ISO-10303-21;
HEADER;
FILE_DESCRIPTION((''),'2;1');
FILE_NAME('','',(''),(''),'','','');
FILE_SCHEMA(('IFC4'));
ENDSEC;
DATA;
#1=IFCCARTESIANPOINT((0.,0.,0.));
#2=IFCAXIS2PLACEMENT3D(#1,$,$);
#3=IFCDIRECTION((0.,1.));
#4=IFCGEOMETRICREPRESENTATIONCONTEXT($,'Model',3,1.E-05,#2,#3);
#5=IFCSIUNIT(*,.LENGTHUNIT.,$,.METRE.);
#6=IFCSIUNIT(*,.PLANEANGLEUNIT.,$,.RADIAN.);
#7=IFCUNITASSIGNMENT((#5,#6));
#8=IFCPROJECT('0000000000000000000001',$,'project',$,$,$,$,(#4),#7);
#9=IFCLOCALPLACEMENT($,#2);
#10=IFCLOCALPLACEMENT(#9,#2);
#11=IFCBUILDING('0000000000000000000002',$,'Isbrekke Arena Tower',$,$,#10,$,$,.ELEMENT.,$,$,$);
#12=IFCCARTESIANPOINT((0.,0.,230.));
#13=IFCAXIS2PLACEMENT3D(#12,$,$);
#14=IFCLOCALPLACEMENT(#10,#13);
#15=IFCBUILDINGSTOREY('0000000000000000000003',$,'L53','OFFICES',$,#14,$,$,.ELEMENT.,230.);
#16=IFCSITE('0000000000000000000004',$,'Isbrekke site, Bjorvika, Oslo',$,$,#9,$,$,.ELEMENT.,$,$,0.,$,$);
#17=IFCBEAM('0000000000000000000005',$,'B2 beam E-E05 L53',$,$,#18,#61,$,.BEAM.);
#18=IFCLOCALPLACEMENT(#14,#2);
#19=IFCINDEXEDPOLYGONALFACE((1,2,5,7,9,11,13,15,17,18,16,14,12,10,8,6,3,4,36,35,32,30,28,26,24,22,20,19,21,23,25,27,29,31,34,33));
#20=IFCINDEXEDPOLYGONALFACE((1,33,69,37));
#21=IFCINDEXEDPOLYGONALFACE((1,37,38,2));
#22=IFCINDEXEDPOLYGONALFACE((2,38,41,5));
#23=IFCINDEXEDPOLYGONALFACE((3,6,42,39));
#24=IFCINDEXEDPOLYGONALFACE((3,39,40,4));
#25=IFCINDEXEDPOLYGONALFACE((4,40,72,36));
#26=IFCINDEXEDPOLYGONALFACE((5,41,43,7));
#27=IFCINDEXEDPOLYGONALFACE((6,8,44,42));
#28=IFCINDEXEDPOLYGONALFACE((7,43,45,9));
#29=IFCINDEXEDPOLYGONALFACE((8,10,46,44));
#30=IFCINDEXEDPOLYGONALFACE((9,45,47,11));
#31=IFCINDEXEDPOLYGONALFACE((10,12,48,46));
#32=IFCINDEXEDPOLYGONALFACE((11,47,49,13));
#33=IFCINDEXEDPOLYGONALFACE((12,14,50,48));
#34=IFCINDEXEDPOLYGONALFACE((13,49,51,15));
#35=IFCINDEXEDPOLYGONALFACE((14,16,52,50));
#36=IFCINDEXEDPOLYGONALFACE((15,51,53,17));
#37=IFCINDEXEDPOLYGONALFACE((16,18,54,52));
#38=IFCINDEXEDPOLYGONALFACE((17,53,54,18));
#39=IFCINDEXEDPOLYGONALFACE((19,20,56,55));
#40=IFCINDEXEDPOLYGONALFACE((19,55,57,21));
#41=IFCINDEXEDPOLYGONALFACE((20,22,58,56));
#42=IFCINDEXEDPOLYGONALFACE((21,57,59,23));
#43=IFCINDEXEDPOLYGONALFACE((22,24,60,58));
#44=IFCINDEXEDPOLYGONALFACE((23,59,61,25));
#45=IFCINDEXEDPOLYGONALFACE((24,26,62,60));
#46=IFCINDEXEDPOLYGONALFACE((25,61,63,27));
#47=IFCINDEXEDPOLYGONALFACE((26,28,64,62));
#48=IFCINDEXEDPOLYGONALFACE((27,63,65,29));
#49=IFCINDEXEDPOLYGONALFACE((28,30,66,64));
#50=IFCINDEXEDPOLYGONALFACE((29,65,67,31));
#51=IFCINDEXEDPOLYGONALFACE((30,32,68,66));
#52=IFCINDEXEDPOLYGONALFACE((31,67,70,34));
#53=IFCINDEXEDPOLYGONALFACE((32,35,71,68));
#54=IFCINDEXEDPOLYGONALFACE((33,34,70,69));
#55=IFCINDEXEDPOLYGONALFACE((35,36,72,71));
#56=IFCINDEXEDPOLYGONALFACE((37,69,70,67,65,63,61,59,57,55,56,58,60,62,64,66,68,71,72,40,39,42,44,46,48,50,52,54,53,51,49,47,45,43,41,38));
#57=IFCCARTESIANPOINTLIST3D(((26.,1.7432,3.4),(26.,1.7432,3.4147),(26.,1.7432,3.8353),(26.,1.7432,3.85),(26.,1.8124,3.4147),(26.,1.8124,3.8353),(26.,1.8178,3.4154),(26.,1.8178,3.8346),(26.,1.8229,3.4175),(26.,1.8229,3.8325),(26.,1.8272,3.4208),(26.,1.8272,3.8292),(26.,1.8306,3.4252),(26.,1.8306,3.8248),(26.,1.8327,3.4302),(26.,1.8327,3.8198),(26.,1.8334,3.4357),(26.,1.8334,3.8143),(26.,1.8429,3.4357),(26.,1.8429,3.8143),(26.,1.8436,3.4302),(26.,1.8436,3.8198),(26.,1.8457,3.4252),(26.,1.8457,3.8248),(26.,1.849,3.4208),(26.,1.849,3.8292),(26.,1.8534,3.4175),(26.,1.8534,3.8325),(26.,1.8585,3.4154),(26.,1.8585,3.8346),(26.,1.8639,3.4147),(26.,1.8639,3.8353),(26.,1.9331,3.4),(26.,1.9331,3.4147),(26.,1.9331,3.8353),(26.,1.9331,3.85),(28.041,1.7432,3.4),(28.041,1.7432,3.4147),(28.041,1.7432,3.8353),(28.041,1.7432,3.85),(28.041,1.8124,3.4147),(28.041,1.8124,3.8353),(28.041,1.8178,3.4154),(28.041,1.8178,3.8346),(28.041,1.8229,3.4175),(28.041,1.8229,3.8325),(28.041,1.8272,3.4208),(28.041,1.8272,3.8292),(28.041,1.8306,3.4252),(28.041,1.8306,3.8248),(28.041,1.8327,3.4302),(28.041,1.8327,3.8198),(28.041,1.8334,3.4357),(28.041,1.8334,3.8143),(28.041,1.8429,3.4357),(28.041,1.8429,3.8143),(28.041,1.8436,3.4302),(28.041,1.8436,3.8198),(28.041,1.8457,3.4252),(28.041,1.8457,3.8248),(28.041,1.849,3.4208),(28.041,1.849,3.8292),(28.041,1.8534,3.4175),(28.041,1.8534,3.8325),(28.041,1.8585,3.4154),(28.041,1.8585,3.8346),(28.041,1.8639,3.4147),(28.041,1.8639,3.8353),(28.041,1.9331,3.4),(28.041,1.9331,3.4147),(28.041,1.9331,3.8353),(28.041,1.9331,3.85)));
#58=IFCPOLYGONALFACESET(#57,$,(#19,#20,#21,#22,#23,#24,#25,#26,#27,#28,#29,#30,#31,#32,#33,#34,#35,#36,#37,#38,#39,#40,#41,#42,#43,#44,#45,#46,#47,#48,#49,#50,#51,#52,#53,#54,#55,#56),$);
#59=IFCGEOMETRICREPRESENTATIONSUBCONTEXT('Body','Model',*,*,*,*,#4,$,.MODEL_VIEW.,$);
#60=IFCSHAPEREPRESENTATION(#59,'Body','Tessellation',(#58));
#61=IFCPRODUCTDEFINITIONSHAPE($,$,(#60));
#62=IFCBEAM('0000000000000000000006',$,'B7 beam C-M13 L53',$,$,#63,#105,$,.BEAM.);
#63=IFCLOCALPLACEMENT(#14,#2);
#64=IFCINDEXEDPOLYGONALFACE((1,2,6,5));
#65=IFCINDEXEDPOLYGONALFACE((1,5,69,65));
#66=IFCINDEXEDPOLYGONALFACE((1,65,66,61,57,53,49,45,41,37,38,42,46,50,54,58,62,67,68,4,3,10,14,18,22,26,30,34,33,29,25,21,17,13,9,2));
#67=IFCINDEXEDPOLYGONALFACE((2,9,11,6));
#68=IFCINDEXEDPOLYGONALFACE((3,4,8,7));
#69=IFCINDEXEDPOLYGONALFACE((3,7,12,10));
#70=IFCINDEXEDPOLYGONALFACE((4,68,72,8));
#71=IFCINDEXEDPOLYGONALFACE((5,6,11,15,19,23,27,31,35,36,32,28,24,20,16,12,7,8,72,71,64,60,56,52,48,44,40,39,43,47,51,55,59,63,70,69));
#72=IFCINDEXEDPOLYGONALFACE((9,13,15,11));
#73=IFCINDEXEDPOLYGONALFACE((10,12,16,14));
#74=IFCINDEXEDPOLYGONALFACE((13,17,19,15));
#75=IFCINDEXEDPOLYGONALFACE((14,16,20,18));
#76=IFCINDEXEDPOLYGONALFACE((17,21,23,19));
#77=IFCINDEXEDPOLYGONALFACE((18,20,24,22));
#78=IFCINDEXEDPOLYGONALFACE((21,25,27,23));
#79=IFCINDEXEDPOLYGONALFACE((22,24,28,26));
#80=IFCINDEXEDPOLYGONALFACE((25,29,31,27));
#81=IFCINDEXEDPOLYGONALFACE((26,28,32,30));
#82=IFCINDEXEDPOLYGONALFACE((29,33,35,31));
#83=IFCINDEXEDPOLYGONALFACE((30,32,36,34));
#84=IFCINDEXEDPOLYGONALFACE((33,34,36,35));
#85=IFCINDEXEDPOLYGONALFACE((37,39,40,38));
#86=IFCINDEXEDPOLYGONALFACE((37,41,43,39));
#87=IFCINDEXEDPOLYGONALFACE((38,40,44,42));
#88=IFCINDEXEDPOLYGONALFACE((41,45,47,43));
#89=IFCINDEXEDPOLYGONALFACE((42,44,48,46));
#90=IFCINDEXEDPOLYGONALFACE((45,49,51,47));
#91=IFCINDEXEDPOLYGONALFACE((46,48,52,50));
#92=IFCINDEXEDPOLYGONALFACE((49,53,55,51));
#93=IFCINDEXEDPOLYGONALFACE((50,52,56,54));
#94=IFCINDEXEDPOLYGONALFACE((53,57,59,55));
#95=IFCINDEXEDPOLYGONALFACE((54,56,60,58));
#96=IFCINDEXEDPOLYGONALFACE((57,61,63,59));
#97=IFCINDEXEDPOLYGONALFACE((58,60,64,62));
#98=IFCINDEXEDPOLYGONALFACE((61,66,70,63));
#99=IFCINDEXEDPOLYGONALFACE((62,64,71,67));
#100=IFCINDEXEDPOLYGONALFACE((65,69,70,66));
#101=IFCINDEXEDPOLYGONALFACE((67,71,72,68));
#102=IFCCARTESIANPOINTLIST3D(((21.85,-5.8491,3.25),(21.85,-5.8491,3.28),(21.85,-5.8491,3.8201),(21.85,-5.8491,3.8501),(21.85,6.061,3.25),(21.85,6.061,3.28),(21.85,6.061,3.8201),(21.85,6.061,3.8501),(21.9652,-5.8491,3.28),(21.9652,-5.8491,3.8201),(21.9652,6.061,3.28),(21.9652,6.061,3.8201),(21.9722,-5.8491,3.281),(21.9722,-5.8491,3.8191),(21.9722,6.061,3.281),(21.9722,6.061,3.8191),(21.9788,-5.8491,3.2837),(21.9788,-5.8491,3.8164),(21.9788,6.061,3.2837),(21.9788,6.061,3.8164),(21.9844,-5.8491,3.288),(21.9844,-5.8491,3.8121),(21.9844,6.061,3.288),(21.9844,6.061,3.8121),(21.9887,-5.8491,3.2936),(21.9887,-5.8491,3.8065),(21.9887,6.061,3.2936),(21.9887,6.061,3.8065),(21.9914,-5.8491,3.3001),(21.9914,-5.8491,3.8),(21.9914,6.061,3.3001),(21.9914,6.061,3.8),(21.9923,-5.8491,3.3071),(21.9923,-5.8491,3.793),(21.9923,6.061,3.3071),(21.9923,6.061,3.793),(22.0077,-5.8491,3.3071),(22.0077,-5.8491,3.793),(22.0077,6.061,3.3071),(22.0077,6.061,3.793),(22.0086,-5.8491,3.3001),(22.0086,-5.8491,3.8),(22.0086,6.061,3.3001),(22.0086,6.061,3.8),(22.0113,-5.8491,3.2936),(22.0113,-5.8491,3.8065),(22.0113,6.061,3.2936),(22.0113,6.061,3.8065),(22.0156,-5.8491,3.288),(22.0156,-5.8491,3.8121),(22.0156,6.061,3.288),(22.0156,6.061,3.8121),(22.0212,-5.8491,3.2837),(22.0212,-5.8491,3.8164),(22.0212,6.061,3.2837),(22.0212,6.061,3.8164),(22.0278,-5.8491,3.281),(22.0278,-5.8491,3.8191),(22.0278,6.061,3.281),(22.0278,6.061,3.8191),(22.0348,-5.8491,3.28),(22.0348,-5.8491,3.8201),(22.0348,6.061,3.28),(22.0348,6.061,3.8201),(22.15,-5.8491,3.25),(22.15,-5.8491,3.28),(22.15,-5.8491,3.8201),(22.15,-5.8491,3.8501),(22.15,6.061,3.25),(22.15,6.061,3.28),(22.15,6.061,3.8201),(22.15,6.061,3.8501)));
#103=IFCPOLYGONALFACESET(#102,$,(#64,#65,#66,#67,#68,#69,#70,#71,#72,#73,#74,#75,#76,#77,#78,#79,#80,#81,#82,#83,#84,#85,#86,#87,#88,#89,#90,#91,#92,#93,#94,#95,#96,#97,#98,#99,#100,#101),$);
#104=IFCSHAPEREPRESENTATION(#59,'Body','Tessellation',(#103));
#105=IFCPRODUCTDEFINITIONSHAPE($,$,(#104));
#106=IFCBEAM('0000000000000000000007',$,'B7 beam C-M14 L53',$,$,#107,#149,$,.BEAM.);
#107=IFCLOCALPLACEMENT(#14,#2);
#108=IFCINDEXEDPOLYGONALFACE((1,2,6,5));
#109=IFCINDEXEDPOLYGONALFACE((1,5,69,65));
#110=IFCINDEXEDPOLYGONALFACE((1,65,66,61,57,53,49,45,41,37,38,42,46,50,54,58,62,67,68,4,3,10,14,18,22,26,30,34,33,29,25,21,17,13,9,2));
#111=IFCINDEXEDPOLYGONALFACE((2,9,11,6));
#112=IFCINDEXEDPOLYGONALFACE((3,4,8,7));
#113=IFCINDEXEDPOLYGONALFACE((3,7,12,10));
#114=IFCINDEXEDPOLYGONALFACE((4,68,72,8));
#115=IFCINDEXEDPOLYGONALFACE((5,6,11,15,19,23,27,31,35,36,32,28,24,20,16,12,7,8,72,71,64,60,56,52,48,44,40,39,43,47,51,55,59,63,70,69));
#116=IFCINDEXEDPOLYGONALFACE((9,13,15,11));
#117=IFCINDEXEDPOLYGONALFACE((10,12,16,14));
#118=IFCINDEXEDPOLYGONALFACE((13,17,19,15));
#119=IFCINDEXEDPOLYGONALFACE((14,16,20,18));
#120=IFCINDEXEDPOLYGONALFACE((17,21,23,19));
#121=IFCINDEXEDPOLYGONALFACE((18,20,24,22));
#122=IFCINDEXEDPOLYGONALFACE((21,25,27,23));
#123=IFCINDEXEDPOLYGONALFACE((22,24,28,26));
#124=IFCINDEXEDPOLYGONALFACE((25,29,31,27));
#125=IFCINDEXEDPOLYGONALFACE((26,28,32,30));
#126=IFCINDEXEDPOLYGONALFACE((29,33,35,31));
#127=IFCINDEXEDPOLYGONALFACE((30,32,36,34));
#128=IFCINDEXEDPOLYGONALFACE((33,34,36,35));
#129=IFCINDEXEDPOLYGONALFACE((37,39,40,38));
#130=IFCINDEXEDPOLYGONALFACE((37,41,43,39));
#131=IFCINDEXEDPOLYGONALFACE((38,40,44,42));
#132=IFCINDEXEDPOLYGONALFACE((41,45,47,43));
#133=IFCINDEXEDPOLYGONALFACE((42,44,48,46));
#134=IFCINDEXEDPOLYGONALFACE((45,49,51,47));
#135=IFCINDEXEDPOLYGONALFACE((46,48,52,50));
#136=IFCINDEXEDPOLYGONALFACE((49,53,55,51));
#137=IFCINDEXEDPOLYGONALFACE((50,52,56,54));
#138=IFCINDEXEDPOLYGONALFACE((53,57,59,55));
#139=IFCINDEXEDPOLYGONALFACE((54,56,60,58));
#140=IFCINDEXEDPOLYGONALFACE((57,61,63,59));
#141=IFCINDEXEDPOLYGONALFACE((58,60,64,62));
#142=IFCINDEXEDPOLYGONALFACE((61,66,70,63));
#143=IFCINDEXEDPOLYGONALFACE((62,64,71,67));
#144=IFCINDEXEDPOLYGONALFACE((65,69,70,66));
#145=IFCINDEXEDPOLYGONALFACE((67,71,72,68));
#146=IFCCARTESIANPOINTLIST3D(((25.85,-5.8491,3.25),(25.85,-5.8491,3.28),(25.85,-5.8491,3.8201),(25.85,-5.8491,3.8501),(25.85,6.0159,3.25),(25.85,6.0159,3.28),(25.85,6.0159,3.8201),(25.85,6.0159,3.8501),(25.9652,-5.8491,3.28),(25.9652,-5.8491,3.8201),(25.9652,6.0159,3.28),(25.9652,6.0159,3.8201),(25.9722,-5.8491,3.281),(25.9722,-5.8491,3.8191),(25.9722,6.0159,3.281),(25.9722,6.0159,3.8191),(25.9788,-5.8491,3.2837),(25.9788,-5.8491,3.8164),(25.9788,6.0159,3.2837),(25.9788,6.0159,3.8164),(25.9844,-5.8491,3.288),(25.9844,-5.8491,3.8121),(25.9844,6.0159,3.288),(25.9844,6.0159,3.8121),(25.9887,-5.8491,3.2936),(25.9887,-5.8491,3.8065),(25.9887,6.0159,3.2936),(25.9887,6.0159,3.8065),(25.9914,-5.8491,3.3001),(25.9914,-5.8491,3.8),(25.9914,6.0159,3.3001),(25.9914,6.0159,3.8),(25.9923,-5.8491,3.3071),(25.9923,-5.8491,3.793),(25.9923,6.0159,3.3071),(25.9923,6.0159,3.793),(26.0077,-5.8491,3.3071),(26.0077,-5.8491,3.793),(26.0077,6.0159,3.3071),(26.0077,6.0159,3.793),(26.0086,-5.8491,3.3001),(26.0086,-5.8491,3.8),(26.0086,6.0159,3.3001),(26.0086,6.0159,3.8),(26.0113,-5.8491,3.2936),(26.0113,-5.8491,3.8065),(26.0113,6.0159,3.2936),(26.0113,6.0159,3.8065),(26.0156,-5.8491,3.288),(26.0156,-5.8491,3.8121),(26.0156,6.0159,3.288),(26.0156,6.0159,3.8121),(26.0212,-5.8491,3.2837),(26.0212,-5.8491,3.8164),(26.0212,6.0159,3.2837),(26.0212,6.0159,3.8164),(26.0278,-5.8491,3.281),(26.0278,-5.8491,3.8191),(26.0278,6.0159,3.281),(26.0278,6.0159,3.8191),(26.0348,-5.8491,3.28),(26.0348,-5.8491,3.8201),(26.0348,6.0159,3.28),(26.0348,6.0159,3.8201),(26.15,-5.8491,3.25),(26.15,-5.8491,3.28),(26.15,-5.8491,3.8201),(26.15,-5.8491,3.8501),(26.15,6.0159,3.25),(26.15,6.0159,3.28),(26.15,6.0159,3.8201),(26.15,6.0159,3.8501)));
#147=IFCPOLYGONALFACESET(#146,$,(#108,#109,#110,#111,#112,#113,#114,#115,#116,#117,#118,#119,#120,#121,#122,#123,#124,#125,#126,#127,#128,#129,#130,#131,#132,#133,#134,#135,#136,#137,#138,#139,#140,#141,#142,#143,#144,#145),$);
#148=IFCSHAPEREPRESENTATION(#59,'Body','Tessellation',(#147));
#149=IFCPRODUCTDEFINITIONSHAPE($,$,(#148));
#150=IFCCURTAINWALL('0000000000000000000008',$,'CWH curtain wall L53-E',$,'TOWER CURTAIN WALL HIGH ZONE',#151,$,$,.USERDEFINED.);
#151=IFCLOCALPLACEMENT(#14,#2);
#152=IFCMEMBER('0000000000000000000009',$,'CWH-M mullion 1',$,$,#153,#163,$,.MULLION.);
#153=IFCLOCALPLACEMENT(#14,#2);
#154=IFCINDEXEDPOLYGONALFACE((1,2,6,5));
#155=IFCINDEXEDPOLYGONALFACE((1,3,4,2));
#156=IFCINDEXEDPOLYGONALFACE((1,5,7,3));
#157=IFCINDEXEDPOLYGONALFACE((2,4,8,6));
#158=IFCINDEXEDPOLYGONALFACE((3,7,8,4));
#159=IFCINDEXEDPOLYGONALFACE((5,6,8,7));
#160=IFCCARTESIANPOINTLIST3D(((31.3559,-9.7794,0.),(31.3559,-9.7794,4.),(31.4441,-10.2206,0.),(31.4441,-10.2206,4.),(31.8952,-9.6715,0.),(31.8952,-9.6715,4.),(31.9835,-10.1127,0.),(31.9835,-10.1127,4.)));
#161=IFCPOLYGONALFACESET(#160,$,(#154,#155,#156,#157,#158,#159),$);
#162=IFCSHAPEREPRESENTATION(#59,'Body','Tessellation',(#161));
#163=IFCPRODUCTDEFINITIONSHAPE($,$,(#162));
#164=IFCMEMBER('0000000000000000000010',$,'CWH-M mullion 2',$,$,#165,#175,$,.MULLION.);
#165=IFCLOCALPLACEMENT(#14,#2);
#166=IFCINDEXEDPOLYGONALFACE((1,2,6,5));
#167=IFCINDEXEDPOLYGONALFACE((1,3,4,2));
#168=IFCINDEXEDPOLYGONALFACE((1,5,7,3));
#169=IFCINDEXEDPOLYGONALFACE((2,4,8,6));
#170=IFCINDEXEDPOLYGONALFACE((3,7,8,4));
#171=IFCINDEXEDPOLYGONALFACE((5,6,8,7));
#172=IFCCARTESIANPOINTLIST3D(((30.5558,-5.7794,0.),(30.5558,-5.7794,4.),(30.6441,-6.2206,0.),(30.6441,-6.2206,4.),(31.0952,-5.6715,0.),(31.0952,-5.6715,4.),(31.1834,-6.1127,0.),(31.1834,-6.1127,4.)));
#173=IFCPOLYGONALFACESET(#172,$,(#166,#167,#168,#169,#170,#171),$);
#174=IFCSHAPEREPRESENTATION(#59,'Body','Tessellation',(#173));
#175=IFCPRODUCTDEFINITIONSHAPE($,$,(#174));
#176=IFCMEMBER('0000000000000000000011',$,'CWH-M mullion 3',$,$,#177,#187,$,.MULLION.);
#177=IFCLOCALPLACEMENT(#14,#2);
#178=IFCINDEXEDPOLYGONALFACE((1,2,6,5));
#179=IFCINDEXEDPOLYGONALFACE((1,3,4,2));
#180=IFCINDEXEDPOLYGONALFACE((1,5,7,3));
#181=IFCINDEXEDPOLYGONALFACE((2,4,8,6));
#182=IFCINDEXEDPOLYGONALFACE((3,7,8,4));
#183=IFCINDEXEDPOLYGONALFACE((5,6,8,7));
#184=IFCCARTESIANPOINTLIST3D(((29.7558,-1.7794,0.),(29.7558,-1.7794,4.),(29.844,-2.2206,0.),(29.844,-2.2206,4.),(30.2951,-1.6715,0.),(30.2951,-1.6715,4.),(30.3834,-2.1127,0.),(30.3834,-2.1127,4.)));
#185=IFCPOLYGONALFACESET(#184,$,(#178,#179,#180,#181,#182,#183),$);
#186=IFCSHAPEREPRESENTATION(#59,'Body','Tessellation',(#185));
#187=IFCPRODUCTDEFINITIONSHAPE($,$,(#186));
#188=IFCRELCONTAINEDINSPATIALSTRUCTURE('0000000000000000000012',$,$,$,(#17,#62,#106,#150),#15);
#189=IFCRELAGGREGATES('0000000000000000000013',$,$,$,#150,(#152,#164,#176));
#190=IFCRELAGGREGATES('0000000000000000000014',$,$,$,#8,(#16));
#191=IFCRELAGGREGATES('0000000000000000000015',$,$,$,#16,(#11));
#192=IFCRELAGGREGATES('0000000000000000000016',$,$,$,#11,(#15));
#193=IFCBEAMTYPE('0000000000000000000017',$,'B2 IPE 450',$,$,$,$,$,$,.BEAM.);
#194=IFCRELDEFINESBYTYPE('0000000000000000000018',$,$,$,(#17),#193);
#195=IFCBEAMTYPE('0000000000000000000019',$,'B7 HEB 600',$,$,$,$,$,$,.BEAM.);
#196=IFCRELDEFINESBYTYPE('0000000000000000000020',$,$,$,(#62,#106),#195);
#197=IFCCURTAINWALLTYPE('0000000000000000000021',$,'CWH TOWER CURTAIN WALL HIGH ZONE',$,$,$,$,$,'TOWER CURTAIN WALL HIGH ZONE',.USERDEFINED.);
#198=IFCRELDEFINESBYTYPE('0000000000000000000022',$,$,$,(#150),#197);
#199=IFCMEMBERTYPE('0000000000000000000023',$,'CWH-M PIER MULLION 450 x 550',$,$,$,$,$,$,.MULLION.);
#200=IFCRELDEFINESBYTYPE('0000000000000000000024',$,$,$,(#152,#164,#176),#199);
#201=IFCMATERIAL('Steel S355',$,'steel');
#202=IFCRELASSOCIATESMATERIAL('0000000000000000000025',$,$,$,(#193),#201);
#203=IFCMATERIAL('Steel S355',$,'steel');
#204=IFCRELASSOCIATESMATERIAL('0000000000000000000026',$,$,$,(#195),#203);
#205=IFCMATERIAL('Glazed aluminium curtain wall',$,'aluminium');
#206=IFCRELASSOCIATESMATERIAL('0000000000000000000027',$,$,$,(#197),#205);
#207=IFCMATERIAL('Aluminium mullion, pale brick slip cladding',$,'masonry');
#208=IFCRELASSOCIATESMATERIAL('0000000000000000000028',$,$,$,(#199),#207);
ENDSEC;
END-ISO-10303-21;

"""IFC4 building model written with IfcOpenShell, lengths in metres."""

from ifc_helpers import new_model, si_unit, direction, frame, origin, origin_2d, place, context, subcontext, project, spatial, rectangle, i_section, extrude, material, material_profile, profile_set, type_object, element, aggregate, save


model = new_model("IFC4")

# Units and contexts
model_context = context("Model", 3, precision=1e-05, world=origin(), true_north=direction((0.0, 1.0)))
body_context = subcontext(model_context, "Body", "Model", "MODEL_VIEW")
ifc_project = project(units=[si_unit("LENGTHUNIT", "METRE"), si_unit("PLANEANGLEUNIT", "RADIAN")], contexts=[model_context])

# Site, building, storey
site_placement = place(None, origin())
site = spatial("IfcSite", under=ifc_project, at=site_placement, Name="Isbrekke site, Bjorvika, Oslo", CompositionType="ELEMENT", RefElevation=0.0)
building_placement = place(site_placement, origin())
building = spatial("IfcBuilding", under=site, at=building_placement, Name="Isbrekke Arena Tower", CompositionType="ELEMENT")
storey_placement = place(building_placement, frame((0.0, 0.0, 230.0)))
storey = spatial("IfcBuildingStorey", under=building, at=storey_placement, Name="L53", Description="OFFICES", CompositionType="ELEMENT", Elevation=230.0)

# Beams
ifc_material_1 = material(Name="Steel S355", Category="steel")
ifc_material_profile_1 = material_profile(ifc_material_1, i_section(OverallWidth=0.1899, OverallDepth=0.45, WebThickness=0.0095, FlangeThickness=0.0146, FilletRadius=0.021, at=origin_2d()), Name="IPE 450")
ifc_profile_set_1 = profile_set([ifc_material_profile_1], Name="Steel S355")
beam_type_1 = type_object("IfcBeamType", Name="B2 IPE 450", PredefinedType="BEAM", material=ifc_profile_set_1)
beam_1_placement = place(storey_placement, frame((28.041, 1.8381, 3.625), z_axis=(-1.0, 0.0, 0.0), x_axis=(0.0, -1.0, 0.0)))
element("IfcBeam", 1, at=beam_1_placement, inside=storey, type_object=beam_type_1, Name="B2 beam E-E05 L53", PredefinedType="BEAM", context=body_context, shape_type="SweptSolid", body=[
    extrude(i_section(OverallWidth=0.1899, OverallDepth=0.45, WebThickness=0.0095, FlangeThickness=0.0146, FilletRadius=0.021, at=origin_2d()), origin(), (0.0, 0.0, 1.0), 2.041),
])
ifc_material_2 = material(Name="Steel S355", Category="steel")
ifc_material_profile_2 = material_profile(ifc_material_2, i_section(OverallWidth=0.3, OverallDepth=0.6001, WebThickness=0.0154, FlangeThickness=0.03, FilletRadius=0.0271, at=origin_2d()), Name="HEB 600")
ifc_profile_set_2 = profile_set([ifc_material_profile_2], Name="Steel S355")
beam_type_2 = type_object("IfcBeamType", Name="B7 HEB 600", PredefinedType="BEAM", material=ifc_profile_set_2)
beam_2_placement = place(storey_placement, frame((22.0, -5.8491, 3.55), z_axis=(0.0, 1.0, 0.0), x_axis=(-1.0, 0.0, 0.0)))
element("IfcBeam", 2, at=beam_2_placement, inside=storey, type_object=beam_type_2, Name="B7 beam C-M13 L53", PredefinedType="BEAM", context=body_context, shape_type="SweptSolid", body=[
    extrude(i_section(OverallWidth=0.3, OverallDepth=0.6001, WebThickness=0.0154, FlangeThickness=0.03, FilletRadius=0.0271, at=origin_2d()), origin(), (0.0, 0.0, 1.0), 11.9102),
])
beam_3_placement = place(storey_placement, frame((26.0, -5.8491, 3.55), z_axis=(0.0, 1.0, 0.0), x_axis=(-1.0, 0.0, 0.0)))
element("IfcBeam", 3, at=beam_3_placement, inside=storey, type_object=beam_type_2, Name="B7 beam C-M14 L53", PredefinedType="BEAM", context=body_context, shape_type="SweptSolid", body=[
    extrude(i_section(OverallWidth=0.3, OverallDepth=0.6001, WebThickness=0.0154, FlangeThickness=0.03, FilletRadius=0.0271, at=origin_2d()), origin(), (0.0, 0.0, 1.0), 11.865),
])

# Curtain wall, members
ifc_material_3 = material(Name="Glazed aluminium curtain wall", Category="aluminium")
curtain_wall_type = type_object("IfcCurtainWallType", Name="CWH TOWER CURTAIN WALL HIGH ZONE", ElementType="TOWER CURTAIN WALL HIGH ZONE", PredefinedType="USERDEFINED", material=ifc_material_3)
curtain_wall_placement = place(storey_placement, origin())
curtain_wall = element("IfcCurtainWall", 4, at=curtain_wall_placement, inside=storey, type_object=curtain_wall_type, Name="CWH curtain wall L53-E", ObjectType="TOWER CURTAIN WALL HIGH ZONE", PredefinedType="USERDEFINED")
ifc_material_4 = material(Name="Aluminium mullion, pale brick slip cladding", Category="masonry")
ifc_material_profile_3 = material_profile(ifc_material_4, rectangle(XDim=0.45, YDim=0.55, at=origin_2d()), Name="PIER 450X550")
ifc_profile_set_3 = profile_set([ifc_material_profile_3], Name="Aluminium mullion, pale brick slip cladding")
member_type_1 = type_object("IfcMemberType", Name="CWH-M PIER MULLION 450 x 550", PredefinedType="MULLION", material=ifc_profile_set_3)
member_1_placement = place(storey_placement, frame((31.6697, -9.946, 0.0), z_axis=(0.0, 0.0, 1.0), x_axis=(-0.196116, 0.980581, 0.0)))
member_1 = element("IfcMember", 5, at=member_1_placement, type_object=member_type_1, Name="CWH-M mullion 1", PredefinedType="MULLION", context=body_context, shape_type="SweptSolid", body=[
    extrude(rectangle(XDim=0.45, YDim=0.55, at=origin_2d()), origin(), (0.0, 0.0, 1.0), 4.0),
])
member_2_placement = place(storey_placement, frame((30.8696, -5.946, 0.0), z_axis=(0.0, 0.0, 1.0), x_axis=(-0.196116, 0.980581, 0.0)))
member_2 = element("IfcMember", 6, at=member_2_placement, type_object=member_type_1, Name="CWH-M mullion 2", PredefinedType="MULLION", context=body_context, shape_type="SweptSolid", body=[
    extrude(rectangle(XDim=0.45, YDim=0.55, at=origin_2d()), origin(), (0.0, 0.0, 1.0), 4.0),
])
member_3_placement = place(storey_placement, frame((30.0696, -1.946, 0.0), z_axis=(0.0, 0.0, 1.0), x_axis=(-0.196116, 0.980581, 0.0)))
member_3 = element("IfcMember", 7, at=member_3_placement, type_object=member_type_1, Name="CWH-M mullion 3", PredefinedType="MULLION", context=body_context, shape_type="SweptSolid", body=[
    extrude(rectangle(XDim=0.45, YDim=0.55, at=origin_2d()), origin(), (0.0, 0.0, 1.0), 4.0),
])

aggregate(curtain_wall, [member_1, member_2, member_3])

save(model, "model.ifc")
